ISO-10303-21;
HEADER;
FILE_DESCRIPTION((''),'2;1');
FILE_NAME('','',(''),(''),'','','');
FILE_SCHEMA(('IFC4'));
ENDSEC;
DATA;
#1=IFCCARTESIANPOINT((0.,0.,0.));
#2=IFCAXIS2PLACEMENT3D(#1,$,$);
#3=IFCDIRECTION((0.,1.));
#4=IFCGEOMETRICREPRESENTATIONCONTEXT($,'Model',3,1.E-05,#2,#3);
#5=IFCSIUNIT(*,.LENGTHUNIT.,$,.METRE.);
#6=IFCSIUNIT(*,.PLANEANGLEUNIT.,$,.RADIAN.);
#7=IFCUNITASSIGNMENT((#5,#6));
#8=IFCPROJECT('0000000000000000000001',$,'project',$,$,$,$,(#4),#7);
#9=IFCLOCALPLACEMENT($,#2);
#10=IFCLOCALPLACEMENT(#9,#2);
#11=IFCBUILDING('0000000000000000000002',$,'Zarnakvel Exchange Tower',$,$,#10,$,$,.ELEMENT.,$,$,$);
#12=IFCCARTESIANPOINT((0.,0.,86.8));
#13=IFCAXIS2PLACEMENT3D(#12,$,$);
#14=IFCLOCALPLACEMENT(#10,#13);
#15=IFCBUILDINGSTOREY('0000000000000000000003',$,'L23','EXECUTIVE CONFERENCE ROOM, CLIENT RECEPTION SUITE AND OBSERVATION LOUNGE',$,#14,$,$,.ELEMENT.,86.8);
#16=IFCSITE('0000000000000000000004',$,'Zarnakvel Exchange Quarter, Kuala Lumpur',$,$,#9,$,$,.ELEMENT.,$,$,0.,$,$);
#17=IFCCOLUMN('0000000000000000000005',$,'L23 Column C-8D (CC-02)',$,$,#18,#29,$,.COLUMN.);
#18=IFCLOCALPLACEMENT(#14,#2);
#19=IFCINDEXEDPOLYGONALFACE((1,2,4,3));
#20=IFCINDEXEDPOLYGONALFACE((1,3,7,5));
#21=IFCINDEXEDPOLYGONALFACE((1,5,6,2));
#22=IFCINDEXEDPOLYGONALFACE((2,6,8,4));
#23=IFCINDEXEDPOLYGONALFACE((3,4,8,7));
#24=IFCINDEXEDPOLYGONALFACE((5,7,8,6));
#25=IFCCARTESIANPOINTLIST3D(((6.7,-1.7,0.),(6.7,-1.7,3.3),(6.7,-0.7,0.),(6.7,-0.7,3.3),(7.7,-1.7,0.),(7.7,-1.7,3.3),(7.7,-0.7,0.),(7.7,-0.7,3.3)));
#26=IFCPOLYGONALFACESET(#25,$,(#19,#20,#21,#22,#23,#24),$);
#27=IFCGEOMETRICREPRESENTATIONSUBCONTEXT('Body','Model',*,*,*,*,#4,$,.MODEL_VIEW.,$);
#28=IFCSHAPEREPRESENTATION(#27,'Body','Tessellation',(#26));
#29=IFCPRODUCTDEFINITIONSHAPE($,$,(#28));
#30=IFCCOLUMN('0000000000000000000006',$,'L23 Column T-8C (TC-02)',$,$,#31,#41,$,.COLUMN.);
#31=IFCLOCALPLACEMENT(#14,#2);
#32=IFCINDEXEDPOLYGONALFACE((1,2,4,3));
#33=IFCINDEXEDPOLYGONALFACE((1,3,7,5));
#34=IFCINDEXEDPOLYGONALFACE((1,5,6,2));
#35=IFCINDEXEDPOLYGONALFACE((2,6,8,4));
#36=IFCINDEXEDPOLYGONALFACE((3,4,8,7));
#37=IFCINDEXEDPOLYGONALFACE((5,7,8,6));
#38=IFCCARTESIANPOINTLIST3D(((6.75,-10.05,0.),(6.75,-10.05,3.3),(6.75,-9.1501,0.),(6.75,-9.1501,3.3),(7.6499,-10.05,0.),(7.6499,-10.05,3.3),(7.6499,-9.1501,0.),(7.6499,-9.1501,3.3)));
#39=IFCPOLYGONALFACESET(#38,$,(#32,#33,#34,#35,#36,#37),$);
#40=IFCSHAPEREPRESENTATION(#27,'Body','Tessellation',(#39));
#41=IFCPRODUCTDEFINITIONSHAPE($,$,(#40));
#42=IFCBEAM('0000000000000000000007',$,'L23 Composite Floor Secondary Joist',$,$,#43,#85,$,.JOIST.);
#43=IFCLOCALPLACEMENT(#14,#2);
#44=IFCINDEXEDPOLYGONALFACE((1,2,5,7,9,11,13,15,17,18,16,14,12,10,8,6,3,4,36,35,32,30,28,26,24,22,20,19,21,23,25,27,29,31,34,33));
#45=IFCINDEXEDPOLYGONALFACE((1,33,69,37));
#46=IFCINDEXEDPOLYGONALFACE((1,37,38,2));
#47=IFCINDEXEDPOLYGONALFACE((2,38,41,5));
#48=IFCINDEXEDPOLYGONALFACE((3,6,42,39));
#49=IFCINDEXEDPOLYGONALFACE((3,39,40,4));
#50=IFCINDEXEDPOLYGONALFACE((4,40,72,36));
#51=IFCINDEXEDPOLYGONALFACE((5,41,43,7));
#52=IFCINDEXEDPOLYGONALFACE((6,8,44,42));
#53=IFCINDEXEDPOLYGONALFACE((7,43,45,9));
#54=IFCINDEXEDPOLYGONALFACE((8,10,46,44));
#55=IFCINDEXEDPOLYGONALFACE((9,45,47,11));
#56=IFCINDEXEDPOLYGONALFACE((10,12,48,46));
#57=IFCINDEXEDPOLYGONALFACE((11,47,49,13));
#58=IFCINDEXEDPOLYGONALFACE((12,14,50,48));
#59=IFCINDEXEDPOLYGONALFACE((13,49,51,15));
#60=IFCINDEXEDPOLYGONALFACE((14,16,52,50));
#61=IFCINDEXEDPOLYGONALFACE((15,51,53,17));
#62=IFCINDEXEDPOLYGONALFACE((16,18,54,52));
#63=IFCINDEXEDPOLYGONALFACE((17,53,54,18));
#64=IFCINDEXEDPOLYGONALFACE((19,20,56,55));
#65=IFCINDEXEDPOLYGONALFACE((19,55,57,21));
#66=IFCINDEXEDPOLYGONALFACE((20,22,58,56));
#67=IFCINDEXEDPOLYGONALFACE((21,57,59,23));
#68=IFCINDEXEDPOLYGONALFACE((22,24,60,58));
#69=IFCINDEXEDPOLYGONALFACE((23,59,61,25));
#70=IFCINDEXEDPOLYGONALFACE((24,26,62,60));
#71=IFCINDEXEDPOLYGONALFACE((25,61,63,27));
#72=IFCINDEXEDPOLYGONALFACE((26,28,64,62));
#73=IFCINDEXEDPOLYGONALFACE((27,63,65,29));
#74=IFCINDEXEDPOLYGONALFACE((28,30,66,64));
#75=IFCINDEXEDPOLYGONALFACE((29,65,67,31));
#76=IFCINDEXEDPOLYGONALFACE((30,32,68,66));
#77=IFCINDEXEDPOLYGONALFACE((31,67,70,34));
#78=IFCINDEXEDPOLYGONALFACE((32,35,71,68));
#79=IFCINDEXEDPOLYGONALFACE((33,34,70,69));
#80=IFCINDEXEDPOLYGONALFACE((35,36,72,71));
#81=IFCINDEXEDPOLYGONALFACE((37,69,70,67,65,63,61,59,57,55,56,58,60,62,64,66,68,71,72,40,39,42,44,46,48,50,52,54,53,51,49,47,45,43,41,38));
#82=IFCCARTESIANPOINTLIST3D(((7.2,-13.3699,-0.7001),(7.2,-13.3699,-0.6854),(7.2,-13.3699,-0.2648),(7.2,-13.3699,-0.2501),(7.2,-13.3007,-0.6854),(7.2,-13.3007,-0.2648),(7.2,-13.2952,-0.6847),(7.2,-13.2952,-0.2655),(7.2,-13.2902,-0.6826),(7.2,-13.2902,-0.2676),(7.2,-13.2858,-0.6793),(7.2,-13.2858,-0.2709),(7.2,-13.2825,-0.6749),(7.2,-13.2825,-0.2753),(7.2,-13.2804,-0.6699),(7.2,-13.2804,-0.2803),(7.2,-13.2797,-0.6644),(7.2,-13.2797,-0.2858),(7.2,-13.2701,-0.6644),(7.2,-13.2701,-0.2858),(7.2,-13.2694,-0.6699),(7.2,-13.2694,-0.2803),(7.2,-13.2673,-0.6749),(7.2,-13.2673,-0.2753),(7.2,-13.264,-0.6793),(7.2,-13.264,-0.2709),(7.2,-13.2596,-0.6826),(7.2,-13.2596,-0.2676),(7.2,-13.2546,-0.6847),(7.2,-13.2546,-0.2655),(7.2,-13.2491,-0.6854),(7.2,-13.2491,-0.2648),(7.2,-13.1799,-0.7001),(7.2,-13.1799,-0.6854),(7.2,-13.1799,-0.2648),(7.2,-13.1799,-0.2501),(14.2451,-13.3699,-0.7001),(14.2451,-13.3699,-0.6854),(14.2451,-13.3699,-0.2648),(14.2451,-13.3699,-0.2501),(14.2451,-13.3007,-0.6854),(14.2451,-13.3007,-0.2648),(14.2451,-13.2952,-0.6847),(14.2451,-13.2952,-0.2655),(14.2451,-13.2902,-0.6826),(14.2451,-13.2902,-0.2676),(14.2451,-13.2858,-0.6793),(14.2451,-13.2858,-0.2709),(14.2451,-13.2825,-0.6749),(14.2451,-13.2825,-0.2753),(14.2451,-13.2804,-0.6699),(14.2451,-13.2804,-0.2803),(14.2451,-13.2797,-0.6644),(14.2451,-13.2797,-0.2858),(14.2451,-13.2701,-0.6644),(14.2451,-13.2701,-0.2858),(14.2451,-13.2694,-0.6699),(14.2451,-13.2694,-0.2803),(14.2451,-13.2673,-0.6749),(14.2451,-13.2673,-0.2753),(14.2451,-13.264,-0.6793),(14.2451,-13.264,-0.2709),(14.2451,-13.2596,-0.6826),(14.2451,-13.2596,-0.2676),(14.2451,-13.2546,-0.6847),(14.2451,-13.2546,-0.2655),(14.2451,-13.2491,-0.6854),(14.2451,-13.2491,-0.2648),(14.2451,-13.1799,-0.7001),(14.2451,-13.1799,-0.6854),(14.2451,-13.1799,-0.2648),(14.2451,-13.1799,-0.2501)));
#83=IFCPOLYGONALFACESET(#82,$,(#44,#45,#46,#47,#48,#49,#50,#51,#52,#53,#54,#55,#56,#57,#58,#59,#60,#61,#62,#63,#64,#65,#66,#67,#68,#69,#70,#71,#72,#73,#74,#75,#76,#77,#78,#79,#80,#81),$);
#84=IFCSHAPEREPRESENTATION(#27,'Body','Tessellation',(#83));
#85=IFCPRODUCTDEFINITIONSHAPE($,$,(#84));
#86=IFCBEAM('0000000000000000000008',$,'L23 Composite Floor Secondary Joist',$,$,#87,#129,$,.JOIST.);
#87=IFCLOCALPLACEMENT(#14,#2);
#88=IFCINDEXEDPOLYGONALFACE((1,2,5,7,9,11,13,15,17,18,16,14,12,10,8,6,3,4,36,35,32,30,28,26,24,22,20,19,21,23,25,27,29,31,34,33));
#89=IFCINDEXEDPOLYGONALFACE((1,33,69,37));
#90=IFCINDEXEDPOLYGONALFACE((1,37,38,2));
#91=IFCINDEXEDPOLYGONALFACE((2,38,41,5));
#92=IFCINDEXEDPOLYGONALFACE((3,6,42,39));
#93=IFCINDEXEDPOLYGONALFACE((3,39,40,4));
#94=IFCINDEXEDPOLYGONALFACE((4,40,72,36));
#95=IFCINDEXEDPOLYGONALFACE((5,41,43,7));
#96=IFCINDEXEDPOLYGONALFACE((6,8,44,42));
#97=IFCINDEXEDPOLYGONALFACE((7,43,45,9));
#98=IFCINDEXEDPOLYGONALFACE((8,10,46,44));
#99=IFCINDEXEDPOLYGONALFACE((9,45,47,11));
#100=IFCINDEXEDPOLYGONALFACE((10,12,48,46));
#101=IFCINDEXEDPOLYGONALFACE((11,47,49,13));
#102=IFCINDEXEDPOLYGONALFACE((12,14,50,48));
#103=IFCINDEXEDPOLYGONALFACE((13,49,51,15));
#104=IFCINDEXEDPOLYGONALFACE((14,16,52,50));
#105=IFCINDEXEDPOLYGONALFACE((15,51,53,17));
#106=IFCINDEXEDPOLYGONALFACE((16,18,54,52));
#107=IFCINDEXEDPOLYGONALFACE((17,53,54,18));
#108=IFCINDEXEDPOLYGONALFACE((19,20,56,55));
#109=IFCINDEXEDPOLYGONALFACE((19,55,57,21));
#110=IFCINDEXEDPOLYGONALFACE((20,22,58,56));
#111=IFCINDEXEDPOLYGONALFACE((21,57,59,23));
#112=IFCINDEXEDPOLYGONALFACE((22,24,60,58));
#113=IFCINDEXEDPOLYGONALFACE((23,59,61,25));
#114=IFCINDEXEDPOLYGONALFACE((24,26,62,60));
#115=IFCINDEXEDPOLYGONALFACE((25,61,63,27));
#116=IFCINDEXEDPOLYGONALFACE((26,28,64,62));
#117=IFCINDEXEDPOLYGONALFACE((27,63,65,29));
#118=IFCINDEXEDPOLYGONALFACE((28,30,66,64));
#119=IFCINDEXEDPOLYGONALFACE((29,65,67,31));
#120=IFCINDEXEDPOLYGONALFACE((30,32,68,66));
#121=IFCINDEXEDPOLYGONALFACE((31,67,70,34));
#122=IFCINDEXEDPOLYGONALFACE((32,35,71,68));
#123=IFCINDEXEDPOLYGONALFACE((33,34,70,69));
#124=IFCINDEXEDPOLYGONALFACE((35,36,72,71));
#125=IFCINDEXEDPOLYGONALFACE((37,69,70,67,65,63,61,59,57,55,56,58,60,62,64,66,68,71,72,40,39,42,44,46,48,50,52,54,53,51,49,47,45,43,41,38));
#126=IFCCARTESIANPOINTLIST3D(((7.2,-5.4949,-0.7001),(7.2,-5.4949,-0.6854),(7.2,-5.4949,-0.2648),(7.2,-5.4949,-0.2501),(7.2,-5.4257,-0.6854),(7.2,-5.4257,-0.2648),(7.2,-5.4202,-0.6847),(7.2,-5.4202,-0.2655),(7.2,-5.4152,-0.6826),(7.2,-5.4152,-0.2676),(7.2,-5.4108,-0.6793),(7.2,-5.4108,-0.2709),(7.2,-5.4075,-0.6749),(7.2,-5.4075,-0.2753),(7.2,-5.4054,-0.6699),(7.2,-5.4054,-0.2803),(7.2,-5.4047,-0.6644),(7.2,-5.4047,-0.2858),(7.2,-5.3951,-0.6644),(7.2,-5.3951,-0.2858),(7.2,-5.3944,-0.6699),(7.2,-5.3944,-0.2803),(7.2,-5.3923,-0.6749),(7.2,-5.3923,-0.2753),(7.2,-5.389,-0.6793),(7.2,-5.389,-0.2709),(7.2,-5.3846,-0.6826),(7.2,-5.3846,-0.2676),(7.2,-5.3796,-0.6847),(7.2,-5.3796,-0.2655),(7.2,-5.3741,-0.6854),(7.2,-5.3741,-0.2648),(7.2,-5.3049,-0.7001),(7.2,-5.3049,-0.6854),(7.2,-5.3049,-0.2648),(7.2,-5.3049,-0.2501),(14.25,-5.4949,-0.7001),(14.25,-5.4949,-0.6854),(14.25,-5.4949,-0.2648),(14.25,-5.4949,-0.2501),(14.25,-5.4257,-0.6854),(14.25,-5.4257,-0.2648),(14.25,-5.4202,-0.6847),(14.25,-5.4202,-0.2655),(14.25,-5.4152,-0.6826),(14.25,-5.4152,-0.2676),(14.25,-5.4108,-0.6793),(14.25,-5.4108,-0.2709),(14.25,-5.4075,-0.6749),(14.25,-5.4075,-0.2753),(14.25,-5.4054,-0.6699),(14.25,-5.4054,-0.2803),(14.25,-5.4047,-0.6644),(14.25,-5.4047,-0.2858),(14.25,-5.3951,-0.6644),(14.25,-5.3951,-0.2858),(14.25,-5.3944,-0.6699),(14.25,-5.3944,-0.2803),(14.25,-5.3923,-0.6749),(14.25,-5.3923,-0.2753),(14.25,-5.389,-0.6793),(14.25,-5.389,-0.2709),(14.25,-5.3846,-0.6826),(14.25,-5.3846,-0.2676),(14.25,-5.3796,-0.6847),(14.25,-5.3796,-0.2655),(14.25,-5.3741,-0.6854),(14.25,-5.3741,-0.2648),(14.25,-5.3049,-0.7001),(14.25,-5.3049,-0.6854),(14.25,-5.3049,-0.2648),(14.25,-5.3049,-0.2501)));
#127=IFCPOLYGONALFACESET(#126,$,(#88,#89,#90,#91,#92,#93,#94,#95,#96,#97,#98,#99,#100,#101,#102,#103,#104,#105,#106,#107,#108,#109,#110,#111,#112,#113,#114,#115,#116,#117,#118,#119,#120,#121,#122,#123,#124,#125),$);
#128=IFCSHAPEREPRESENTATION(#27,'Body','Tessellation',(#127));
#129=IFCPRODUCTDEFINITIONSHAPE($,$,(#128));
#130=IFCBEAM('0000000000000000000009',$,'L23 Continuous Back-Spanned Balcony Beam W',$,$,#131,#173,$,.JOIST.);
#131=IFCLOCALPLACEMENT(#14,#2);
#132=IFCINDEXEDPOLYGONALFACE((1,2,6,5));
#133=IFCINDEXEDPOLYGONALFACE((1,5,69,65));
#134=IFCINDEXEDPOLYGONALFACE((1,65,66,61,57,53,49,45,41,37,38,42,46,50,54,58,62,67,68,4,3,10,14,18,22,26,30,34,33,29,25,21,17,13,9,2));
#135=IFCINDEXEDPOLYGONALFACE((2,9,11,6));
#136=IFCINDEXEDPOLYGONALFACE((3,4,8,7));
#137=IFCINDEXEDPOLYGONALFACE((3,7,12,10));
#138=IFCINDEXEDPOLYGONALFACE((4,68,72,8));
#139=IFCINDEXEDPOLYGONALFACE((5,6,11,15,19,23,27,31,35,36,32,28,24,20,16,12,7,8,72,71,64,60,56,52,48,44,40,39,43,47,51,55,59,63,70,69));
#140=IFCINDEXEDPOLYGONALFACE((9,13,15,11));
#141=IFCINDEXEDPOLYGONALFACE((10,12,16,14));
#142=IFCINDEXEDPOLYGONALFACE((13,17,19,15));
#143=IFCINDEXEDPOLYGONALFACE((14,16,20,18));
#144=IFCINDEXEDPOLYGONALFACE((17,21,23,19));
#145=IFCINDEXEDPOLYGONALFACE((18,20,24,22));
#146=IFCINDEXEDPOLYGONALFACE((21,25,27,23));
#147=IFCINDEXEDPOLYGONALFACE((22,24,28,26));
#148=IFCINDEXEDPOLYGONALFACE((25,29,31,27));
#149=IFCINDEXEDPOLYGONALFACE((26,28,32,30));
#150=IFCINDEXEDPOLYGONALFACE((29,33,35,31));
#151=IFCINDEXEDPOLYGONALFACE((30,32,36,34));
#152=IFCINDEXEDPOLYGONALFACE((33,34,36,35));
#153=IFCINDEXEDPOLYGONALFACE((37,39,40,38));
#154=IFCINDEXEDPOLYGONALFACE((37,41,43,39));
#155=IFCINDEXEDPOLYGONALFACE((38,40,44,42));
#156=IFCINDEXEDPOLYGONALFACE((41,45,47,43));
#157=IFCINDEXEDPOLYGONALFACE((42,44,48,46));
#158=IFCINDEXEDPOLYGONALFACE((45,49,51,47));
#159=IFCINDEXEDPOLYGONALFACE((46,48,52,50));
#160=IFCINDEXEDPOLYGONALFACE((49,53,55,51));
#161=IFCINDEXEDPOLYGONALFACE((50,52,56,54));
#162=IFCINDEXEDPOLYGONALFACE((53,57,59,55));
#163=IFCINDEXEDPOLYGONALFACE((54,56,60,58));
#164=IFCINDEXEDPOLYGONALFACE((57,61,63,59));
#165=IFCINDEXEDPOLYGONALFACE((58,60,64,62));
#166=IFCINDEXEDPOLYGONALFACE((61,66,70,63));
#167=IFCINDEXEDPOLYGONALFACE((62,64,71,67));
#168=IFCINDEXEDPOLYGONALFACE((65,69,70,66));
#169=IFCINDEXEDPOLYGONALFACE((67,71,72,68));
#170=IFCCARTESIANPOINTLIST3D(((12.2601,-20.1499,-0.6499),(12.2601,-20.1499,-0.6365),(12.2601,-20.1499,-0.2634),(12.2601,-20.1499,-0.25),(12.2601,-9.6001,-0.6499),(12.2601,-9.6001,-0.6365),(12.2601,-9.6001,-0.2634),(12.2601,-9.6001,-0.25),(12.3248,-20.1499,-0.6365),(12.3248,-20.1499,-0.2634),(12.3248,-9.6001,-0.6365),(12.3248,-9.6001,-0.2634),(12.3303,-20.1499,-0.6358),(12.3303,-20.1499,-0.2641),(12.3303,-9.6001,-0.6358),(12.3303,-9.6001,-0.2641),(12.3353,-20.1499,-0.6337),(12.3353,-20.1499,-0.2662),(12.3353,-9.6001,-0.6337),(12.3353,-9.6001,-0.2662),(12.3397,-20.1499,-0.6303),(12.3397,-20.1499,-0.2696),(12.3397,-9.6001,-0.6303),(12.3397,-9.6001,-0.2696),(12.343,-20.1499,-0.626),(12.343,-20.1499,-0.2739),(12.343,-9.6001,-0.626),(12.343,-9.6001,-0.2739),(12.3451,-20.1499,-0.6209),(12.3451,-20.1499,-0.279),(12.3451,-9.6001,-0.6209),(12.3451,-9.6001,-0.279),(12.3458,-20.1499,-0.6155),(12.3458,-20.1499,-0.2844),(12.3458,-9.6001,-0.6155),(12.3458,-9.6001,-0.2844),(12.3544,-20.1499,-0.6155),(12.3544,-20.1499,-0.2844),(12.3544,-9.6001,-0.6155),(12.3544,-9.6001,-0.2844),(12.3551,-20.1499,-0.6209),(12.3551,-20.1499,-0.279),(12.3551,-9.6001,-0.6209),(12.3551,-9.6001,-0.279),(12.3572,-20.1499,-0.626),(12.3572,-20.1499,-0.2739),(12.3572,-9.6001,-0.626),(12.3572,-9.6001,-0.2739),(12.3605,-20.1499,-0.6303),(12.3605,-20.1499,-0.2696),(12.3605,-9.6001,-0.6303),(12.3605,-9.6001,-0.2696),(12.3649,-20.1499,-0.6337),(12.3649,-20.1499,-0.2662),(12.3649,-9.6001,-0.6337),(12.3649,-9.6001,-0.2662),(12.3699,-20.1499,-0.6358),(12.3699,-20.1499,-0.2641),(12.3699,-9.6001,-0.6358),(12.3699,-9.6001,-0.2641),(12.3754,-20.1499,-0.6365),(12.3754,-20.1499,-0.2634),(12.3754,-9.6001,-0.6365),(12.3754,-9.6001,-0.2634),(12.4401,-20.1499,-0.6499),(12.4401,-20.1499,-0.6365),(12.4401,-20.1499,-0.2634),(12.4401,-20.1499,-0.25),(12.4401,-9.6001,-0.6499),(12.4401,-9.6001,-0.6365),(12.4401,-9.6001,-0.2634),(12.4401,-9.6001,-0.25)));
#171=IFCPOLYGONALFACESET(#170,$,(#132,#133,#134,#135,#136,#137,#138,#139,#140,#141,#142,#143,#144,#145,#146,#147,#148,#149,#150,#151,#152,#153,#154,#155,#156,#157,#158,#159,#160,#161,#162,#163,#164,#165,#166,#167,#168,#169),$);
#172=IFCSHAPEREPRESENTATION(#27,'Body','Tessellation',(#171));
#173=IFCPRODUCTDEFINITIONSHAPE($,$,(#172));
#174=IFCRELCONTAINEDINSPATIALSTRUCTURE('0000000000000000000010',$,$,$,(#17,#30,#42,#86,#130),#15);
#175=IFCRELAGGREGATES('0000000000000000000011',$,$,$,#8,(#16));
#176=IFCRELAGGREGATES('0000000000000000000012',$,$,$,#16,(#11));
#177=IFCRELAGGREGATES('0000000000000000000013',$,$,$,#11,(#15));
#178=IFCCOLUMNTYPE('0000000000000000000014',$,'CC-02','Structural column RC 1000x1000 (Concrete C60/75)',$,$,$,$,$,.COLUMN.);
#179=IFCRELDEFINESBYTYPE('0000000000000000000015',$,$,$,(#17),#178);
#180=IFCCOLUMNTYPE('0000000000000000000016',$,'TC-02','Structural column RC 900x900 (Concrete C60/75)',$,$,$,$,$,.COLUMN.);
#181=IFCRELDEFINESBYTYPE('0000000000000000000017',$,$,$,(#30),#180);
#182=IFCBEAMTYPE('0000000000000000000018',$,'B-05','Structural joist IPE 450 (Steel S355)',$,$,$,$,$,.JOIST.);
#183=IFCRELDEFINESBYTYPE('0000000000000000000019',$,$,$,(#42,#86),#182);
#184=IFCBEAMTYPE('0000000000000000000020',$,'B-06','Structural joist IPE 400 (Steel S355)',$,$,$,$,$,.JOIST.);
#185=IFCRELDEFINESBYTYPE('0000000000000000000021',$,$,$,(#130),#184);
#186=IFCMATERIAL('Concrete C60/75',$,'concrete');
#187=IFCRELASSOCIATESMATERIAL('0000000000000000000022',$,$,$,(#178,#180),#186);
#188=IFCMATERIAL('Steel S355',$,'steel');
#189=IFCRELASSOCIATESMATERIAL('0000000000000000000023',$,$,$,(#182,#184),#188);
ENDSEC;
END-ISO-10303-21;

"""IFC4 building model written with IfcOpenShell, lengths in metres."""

from ifc_helpers import new_model, si_unit, direction, frame, origin, origin_2d, place, context, subcontext, project, spatial, rectangle, i_section, extrude, material, material_profile, profile_set, type_object, element, save


model = new_model("IFC4")

# Units and contexts
model_context = context("Model", 3, precision=1e-05, world=origin(), true_north=direction((0.0, 1.0)))
body_context = subcontext(model_context, "Body", "Model", "MODEL_VIEW")
ifc_project = project(units=[si_unit("LENGTHUNIT", "METRE"), si_unit("PLANEANGLEUNIT", "RADIAN")], contexts=[model_context])

# Site, building, storey
site_placement = place(None, origin())
site = spatial("IfcSite", under=ifc_project, at=site_placement, Name="Zarnakvel Exchange Quarter, Kuala Lumpur", CompositionType="ELEMENT", RefElevation=0.0)
building_placement = place(site_placement, origin())
building = spatial("IfcBuilding", under=site, at=building_placement, Name="Zarnakvel Exchange Tower", CompositionType="ELEMENT")
storey_placement = place(building_placement, frame((0.0, 0.0, 86.8)))
storey = spatial("IfcBuildingStorey", under=building, at=storey_placement, Name="L23", Description="EXECUTIVE CONFERENCE ROOM, CLIENT RECEPTION SUITE AND OBSERVATION LOUNGE", CompositionType="ELEMENT", Elevation=86.8)

# Columns
ifc_material_1 = material(Name="Concrete C60/75", Category="concrete")
ifc_material_profile_1 = material_profile(ifc_material_1, rectangle(XDim=1.0, YDim=1.0, at=origin_2d()))
ifc_profile_set_1 = profile_set([ifc_material_profile_1], Name="Concrete C60/75")
column_type_1 = type_object("IfcColumnType", Name="CC-02", Description="Structural column RC 1000x1000 (Concrete C60/75)", PredefinedType="COLUMN", material=ifc_profile_set_1)
column_1_placement = place(storey_placement, frame((7.2, -1.2, 0.0), z_axis=(0.0, 0.0, 1.0), x_axis=(1.0, 0.0, 0.0)))
element("IfcColumn", 1, at=column_1_placement, inside=storey, type_object=column_type_1, Name="L23 Column C-8D (CC-02)", PredefinedType="COLUMN", context=body_context, shape_type="SweptSolid", body=[
    extrude(rectangle(XDim=1.0, YDim=1.0, at=origin_2d()), origin(), (0.0, 0.0, 1.0), 3.3),
])
ifc_material_profile_2 = material_profile(ifc_material_1, rectangle(XDim=0.8999, YDim=0.8999, at=origin_2d()))
ifc_profile_set_2 = profile_set([ifc_material_profile_2], Name="Concrete C60/75")
column_type_2 = type_object("IfcColumnType", Name="TC-02", Description="Structural column RC 900x900 (Concrete C60/75)", PredefinedType="COLUMN", material=ifc_profile_set_2)
column_2_placement = place(storey_placement, frame((7.2, -9.6001, 0.0), z_axis=(0.0, 0.0, 1.0), x_axis=(1.0, 0.0, 0.0)))
element("IfcColumn", 2, at=column_2_placement, inside=storey, type_object=column_type_2, Name="L23 Column T-8C (TC-02)", PredefinedType="COLUMN", context=body_context, shape_type="SweptSolid", body=[
    extrude(rectangle(XDim=0.8999, YDim=0.8999, at=origin_2d()), origin(), (0.0, 0.0, 1.0), 3.3),
])

# Beams
ifc_material_2 = material(Name="Steel S355", Category="steel")
ifc_material_profile_3 = material_profile(ifc_material_2, i_section(OverallWidth=0.1899, OverallDepth=0.45, WebThickness=0.0095, FlangeThickness=0.0146, FilletRadius=0.021, at=origin_2d()))
ifc_profile_set_3 = profile_set([ifc_material_profile_3], Name="Steel S355")
beam_type_1 = type_object("IfcBeamType", Name="B-05", Description="Structural joist IPE 450 (Steel S355)", PredefinedType="JOIST", material=ifc_profile_set_3)
beam_1_placement = place(storey_placement, frame((7.2, -13.2749, -0.4751), z_axis=(1.0, 0.0, 0.0), x_axis=(0.0, 1.0, 0.0)))
element("IfcBeam", 3, at=beam_1_placement, inside=storey, type_object=beam_type_1, Name="L23 Composite Floor Secondary Joist", PredefinedType="JOIST", context=body_context, shape_type="SweptSolid", body=[
    extrude(i_section(OverallWidth=0.1899, OverallDepth=0.45, WebThickness=0.0095, FlangeThickness=0.0146, FilletRadius=0.021, at=origin_2d()), origin(), (0.0, 0.0, 1.0), 7.0452),
])
beam_2_placement = place(storey_placement, frame((7.2, -5.3999, -0.4751), z_axis=(1.0, 0.0, 0.0), x_axis=(0.0, 1.0, 0.0)))
element("IfcBeam", 4, at=beam_2_placement, inside=storey, type_object=beam_type_1, Name="L23 Composite Floor Secondary Joist", PredefinedType="JOIST", context=body_context, shape_type="SweptSolid", body=[
    extrude(i_section(OverallWidth=0.1899, OverallDepth=0.45, WebThickness=0.0095, FlangeThickness=0.0146, FilletRadius=0.021, at=origin_2d()), origin(), (0.0, 0.0, 1.0), 7.05),
])
ifc_material_profile_4 = material_profile(ifc_material_2, i_section(OverallWidth=0.1799, OverallDepth=0.3999, WebThickness=0.0085, FlangeThickness=0.0134, FilletRadius=0.021, at=origin_2d()))
ifc_profile_set_4 = profile_set([ifc_material_profile_4], Name="Steel S355")
beam_type_2 = type_object("IfcBeamType", Name="B-06", Description="Structural joist IPE 400 (Steel S355)", PredefinedType="JOIST", material=ifc_profile_set_4)
beam_3_placement = place(storey_placement, frame((12.3501, -9.6001, -0.45), z_axis=(0.0, -1.0, 0.0), x_axis=(1.0, 0.0, 0.0)))
element("IfcBeam", 5, at=beam_3_placement, inside=storey, type_object=beam_type_2, Name="L23 Continuous Back-Spanned Balcony Beam W", PredefinedType="JOIST", context=body_context, shape_type="SweptSolid", body=[
    extrude(i_section(OverallWidth=0.1799, OverallDepth=0.3999, WebThickness=0.0085, FlangeThickness=0.0134, FilletRadius=0.021, at=origin_2d()), origin(), (0.0, 0.0, 1.0), 10.5498),
])

save(model, "model.ifc")
